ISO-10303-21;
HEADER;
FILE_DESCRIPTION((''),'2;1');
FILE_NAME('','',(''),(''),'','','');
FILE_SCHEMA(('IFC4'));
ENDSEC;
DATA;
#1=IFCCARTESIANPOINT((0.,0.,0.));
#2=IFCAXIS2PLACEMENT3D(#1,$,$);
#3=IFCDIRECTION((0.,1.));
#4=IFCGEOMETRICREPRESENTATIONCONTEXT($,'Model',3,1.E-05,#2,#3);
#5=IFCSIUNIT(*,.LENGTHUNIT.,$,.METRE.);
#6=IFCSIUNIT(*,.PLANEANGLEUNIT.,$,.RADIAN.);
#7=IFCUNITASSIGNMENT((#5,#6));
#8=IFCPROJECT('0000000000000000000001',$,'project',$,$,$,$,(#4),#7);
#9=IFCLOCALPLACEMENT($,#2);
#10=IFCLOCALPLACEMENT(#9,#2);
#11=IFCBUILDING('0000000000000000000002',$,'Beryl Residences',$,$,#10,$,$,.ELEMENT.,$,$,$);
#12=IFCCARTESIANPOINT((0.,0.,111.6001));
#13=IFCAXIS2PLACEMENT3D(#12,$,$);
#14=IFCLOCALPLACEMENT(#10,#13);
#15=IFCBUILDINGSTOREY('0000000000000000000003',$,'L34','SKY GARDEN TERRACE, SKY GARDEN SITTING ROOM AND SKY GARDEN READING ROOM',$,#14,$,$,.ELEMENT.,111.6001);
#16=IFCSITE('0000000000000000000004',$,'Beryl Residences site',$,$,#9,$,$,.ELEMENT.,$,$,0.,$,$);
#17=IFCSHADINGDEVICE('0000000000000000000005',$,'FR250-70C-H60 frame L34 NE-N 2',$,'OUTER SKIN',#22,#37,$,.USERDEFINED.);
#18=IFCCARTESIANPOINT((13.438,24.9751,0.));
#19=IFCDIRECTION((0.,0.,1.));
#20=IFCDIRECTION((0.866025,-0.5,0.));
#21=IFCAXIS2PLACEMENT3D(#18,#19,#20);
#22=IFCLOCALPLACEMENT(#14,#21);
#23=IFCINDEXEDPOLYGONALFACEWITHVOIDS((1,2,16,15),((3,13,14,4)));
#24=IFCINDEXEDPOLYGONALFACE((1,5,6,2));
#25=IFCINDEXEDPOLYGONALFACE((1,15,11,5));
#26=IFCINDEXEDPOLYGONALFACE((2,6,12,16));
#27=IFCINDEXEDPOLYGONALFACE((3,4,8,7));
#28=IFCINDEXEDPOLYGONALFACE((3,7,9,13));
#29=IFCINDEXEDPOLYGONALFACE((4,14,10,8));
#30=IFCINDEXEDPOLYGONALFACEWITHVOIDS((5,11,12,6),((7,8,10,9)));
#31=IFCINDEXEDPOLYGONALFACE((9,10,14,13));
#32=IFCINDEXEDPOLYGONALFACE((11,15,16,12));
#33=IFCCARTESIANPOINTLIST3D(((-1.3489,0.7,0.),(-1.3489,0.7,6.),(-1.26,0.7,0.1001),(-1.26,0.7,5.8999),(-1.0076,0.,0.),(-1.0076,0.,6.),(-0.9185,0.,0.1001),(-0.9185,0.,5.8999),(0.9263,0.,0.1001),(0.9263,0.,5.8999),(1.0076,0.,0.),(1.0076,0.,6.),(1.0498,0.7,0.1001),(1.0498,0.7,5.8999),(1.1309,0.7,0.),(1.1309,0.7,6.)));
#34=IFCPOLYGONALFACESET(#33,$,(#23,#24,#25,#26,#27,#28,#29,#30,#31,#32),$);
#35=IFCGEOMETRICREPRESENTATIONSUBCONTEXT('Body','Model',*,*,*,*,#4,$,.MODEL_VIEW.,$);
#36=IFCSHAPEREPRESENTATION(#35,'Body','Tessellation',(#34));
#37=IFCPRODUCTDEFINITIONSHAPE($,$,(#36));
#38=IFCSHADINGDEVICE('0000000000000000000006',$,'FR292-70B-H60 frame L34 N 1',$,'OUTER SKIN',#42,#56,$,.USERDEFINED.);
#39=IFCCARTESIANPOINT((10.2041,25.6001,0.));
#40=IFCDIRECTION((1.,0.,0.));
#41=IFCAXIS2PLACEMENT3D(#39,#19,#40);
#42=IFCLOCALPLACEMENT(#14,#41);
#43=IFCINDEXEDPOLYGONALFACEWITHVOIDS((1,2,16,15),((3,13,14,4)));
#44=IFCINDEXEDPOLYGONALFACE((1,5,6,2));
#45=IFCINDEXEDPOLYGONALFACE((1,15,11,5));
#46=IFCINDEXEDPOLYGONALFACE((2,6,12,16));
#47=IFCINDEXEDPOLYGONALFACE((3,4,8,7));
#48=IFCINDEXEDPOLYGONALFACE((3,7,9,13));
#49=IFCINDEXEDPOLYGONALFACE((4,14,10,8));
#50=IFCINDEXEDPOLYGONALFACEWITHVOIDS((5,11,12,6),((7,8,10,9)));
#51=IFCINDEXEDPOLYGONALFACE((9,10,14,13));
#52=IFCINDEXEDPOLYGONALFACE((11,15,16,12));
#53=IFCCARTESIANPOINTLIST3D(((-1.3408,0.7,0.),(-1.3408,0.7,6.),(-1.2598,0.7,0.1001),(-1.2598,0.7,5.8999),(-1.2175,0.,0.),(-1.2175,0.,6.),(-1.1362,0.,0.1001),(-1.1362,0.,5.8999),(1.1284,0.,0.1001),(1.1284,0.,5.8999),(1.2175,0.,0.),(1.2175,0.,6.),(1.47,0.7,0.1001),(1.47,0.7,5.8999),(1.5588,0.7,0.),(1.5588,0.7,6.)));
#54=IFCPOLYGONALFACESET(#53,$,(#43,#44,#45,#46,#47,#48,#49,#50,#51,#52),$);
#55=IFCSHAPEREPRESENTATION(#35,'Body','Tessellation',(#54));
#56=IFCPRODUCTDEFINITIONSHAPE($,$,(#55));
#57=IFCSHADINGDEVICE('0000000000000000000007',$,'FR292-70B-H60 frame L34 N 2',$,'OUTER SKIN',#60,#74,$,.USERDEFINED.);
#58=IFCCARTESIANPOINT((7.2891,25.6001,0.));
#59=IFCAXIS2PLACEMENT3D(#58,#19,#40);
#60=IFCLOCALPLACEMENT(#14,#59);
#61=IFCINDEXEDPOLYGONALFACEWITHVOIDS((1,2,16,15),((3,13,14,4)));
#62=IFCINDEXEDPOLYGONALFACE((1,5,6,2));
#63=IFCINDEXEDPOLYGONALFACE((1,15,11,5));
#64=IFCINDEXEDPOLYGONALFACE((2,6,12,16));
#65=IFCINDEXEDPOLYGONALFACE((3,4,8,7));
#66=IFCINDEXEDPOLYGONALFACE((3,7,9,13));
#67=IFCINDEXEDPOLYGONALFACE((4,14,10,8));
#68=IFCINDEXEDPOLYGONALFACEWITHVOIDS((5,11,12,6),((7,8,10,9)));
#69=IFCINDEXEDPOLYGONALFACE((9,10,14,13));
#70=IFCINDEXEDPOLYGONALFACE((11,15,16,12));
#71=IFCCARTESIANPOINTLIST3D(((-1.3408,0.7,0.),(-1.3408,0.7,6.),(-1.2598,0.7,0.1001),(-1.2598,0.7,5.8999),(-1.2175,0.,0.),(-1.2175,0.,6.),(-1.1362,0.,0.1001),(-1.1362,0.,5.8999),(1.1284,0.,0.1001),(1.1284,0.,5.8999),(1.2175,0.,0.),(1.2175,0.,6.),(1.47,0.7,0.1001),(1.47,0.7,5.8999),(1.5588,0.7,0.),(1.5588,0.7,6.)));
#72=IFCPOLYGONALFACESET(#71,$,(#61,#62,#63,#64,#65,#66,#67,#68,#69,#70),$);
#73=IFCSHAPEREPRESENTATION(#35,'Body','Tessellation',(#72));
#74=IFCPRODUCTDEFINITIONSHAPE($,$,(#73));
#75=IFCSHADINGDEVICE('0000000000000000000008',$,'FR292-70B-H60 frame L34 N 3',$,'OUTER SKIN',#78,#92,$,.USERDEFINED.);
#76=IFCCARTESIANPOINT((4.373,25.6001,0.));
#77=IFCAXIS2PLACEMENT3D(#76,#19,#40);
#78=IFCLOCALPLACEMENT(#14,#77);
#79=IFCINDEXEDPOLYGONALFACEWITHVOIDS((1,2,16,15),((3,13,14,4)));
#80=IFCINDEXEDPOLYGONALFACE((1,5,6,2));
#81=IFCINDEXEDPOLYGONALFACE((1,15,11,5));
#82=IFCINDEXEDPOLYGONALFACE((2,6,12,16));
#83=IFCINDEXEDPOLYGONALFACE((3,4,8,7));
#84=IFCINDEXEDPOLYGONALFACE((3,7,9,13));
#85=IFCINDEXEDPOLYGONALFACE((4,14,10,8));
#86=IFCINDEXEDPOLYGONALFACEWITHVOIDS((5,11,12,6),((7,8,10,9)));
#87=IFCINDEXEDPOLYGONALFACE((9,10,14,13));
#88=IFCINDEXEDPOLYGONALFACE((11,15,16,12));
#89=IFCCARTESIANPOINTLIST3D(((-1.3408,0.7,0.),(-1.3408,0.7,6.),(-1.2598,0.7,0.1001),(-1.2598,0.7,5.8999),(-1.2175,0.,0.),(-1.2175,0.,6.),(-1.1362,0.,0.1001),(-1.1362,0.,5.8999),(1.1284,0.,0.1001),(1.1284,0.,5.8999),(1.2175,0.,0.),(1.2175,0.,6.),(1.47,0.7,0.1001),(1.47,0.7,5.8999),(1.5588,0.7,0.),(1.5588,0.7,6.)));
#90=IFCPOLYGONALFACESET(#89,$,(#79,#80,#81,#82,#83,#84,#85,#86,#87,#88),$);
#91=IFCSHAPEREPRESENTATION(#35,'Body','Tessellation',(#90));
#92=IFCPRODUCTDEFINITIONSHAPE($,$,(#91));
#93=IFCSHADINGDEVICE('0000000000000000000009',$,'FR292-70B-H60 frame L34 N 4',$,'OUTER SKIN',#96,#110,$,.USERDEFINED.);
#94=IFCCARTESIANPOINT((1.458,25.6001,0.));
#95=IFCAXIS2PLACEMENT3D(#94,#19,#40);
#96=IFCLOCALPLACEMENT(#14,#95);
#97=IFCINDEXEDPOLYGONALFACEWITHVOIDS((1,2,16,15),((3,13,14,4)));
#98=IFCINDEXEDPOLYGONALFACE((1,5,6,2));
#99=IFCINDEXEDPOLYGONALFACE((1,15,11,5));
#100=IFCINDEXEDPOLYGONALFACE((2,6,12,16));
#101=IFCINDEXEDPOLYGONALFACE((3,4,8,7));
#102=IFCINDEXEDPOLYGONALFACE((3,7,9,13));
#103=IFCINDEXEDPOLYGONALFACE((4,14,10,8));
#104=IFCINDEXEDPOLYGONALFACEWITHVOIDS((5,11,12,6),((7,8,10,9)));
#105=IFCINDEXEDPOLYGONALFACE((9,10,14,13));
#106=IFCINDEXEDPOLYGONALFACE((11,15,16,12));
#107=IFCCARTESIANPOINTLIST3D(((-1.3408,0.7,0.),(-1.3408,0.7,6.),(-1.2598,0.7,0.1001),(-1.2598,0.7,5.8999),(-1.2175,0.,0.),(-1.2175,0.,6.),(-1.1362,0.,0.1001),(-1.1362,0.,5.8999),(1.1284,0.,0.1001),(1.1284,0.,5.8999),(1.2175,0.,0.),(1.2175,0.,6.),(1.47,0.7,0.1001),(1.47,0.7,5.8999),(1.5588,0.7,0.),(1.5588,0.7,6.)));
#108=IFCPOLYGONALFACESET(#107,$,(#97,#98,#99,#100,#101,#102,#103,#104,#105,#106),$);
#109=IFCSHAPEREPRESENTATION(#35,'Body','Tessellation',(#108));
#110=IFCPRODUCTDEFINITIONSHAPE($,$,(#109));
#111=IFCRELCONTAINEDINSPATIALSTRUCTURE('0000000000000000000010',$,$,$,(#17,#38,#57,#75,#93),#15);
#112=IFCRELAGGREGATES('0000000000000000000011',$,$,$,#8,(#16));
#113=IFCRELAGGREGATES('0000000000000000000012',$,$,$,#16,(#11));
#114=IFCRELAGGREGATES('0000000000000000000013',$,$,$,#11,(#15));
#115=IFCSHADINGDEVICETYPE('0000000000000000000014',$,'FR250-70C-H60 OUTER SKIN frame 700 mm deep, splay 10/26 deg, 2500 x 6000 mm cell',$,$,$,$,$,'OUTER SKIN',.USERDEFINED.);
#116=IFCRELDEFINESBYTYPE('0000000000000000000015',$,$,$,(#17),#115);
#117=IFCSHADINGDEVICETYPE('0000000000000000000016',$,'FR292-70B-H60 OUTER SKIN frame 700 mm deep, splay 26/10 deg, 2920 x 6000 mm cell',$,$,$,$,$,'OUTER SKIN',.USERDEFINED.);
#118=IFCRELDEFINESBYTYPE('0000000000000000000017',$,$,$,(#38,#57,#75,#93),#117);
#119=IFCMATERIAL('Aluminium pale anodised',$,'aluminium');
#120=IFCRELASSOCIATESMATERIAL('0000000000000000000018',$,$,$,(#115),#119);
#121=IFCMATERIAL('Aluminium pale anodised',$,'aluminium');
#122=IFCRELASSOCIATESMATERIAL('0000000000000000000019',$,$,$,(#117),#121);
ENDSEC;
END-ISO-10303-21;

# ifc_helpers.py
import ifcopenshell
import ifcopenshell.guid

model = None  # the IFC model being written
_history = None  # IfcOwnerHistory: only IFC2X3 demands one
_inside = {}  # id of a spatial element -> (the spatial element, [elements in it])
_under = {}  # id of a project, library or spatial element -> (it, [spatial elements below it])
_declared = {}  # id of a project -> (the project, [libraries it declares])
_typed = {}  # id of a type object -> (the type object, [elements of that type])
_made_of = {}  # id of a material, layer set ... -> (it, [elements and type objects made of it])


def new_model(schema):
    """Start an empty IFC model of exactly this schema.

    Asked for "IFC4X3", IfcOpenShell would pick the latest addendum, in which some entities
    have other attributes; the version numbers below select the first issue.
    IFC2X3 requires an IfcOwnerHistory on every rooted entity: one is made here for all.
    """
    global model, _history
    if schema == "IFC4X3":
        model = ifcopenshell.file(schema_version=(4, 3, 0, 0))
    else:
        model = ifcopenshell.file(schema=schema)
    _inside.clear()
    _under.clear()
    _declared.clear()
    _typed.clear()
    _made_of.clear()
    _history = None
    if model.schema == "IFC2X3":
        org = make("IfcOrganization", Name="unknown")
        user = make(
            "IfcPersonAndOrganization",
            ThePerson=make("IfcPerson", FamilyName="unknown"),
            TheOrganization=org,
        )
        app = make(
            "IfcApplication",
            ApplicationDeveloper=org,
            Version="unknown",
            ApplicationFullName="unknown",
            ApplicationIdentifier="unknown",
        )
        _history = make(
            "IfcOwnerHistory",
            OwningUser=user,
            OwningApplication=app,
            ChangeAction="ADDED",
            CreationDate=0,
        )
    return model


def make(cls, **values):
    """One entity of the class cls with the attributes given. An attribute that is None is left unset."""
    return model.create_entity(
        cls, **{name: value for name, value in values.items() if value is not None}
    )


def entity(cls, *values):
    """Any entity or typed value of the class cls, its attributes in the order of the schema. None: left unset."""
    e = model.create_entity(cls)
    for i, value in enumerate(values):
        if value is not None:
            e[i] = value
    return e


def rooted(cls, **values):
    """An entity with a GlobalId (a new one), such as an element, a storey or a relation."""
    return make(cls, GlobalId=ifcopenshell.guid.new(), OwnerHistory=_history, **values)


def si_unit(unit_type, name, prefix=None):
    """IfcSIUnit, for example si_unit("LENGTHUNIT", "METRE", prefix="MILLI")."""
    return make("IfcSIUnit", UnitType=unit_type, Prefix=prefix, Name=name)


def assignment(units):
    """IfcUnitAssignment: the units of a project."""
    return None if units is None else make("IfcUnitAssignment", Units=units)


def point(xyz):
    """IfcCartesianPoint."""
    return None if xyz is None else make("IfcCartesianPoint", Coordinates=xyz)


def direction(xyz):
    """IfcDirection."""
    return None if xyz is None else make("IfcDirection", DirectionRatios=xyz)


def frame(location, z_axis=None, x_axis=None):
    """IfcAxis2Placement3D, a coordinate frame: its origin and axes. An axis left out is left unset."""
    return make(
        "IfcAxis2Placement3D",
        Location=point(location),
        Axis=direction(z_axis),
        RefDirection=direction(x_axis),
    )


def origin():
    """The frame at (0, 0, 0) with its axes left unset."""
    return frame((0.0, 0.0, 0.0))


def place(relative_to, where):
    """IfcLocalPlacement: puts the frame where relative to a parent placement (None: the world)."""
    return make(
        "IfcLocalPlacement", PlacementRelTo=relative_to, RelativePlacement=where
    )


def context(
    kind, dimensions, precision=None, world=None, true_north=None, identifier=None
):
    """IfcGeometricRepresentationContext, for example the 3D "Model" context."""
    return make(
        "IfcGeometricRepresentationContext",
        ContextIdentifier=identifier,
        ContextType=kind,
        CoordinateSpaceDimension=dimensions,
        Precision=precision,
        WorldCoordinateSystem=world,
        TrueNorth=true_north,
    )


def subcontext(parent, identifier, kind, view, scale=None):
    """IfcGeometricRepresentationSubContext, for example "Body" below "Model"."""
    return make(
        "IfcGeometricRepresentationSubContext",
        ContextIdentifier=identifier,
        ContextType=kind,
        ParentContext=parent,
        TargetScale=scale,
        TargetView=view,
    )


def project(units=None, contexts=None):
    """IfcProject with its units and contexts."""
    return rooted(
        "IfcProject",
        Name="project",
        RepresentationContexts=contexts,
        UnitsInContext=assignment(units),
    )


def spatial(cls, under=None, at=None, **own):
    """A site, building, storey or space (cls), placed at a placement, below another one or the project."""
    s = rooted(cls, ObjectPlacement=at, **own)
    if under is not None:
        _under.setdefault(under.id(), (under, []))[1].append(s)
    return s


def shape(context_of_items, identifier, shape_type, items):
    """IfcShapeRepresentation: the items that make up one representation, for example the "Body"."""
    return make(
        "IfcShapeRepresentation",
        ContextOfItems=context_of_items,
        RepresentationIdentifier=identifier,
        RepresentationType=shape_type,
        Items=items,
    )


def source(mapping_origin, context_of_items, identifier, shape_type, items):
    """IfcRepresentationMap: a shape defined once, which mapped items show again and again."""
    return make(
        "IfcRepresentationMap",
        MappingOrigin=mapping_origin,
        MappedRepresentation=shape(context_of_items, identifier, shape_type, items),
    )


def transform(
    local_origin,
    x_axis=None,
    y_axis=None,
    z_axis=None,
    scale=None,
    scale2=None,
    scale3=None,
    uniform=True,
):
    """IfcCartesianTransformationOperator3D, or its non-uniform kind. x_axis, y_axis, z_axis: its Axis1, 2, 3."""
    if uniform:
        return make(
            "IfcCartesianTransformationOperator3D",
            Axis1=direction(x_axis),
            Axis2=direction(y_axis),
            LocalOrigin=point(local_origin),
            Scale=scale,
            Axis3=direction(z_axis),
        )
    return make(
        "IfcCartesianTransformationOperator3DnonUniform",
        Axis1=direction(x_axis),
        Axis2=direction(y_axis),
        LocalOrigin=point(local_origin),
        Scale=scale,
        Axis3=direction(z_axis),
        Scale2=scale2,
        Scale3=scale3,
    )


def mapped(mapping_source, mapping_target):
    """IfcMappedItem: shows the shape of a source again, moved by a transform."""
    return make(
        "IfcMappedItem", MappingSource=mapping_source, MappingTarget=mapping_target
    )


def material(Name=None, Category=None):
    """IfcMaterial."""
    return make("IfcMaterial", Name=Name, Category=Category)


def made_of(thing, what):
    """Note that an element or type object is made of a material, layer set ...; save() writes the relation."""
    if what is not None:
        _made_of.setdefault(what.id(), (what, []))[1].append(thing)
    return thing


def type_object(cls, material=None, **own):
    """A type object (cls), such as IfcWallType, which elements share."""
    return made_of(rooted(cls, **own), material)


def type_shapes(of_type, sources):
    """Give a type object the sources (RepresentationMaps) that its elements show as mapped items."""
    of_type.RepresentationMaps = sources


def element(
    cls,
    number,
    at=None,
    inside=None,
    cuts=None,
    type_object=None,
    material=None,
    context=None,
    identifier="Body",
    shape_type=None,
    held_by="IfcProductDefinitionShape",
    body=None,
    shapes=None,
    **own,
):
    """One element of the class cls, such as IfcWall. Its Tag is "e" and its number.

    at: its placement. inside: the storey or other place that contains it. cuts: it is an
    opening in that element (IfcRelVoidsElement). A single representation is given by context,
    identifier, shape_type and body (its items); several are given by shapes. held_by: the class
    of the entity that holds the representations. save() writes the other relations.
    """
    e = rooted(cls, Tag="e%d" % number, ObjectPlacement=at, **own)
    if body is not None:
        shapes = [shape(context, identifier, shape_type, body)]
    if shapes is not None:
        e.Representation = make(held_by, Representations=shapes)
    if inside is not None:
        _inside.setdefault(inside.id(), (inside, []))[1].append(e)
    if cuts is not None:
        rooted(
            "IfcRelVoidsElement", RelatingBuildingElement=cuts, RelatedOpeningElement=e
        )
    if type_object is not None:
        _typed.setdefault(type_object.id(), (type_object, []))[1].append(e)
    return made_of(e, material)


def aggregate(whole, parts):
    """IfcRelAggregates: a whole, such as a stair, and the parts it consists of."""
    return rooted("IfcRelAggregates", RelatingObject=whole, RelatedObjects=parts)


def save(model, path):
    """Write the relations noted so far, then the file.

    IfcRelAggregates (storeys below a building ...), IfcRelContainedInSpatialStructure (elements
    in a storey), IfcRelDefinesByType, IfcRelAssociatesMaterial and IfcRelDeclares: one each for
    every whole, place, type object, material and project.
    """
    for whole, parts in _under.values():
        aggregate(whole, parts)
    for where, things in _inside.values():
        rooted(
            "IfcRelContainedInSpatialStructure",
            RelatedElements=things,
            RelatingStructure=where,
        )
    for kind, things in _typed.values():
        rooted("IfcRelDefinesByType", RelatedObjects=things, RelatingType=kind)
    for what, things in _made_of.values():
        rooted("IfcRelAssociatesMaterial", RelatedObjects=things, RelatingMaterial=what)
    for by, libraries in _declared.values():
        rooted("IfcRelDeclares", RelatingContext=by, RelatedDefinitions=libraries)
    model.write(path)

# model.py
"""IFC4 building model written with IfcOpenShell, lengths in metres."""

from ifc_helpers import new_model, entity, si_unit, direction, frame, origin, place, context, subcontext, project, spatial, source, transform, mapped, material, type_object, type_shapes, element, save


model = new_model("IFC4")

# Units and contexts
model_context = context("Model", 3, precision=1e-05, world=origin(), true_north=direction((0.0, 1.0)))
body_context = subcontext(model_context, "Body", "Model", "MODEL_VIEW")
ifc_project = project(units=[si_unit("LENGTHUNIT", "METRE"), si_unit("PLANEANGLEUNIT", "RADIAN")], contexts=[model_context])

# Site, building, storey
site_placement = place(None, origin())
site = spatial("IfcSite", under=ifc_project, at=site_placement, Name="Beryl Residences site", CompositionType="ELEMENT", RefElevation=0.0)
building_placement = place(site_placement, origin())
building = spatial("IfcBuilding", under=site, at=building_placement, Name="Beryl Residences", CompositionType="ELEMENT")
storey_placement = place(building_placement, frame((0.0, 0.0, 111.6001)))
storey = spatial("IfcBuildingStorey", under=building, at=storey_placement, Name="L34", Description="SKY GARDEN TERRACE, SKY GARDEN SITTING ROOM AND SKY GARDEN READING ROOM", CompositionType="ELEMENT", Elevation=111.6001)

# Shading devices
ifc_material_1 = material(Name="Aluminium pale anodised", Category="aluminium")
shading_device_type_1 = type_object("IfcShadingDeviceType", Name="FR250-70C-H60 OUTER SKIN frame 700 mm deep, splay 10/26 deg, 2500 x 6000 mm cell", ElementType="OUTER SKIN", PredefinedType="USERDEFINED", material=ifc_material_1)
cartesian_point_1 = entity("IfcCartesianPoint", [-1.0076, 0.0])
cartesian_point_2 = entity("IfcCartesianPoint", [-0.9263, 0.1001])
cartesian_point_3 = entity("IfcCartesianPoint", [-1.1309, 0.0])
cartesian_point_4 = entity("IfcCartesianPoint", [-1.0498, 0.1001])
shared_shape_1 = source(origin(), body_context, "Body", "SweptSolid", [
    entity("IfcExtrudedAreaSolidTapered", entity("IfcArbitraryProfileDefWithVoids", "AREA", None, entity("IfcPolyline", [cartesian_point_1, entity("IfcCartesianPoint", [1.0076, 0.0]), entity("IfcCartesianPoint", [1.0076, 6.0]), entity("IfcCartesianPoint", [-1.0076, 6.0]), cartesian_point_1]), [entity("IfcPolyline", [cartesian_point_2, entity("IfcCartesianPoint", [0.9185, 0.1001]), entity("IfcCartesianPoint", [0.9185, 5.8999]), entity("IfcCartesianPoint", [-0.9263, 5.8999]), cartesian_point_2])]), entity("IfcAxis2Placement3D", entity("IfcCartesianPoint", [0.0, 0.0, 0.0]), entity("IfcDirection", [0.0, 1.0, 0.0]), entity("IfcDirection", [-1.0, 0.0, 0.0])), entity("IfcDirection", [0.0, 0.0, 1.0]), 0.7, entity("IfcArbitraryProfileDefWithVoids", "AREA", None, entity("IfcPolyline", [cartesian_point_3, entity("IfcCartesianPoint", [1.3489, 0.0]), entity("IfcCartesianPoint", [1.3489, 6.0]), entity("IfcCartesianPoint", [-1.1309, 6.0]), cartesian_point_3]), [entity("IfcPolyline", [cartesian_point_4, entity("IfcCartesianPoint", [1.26, 0.1001]), entity("IfcCartesianPoint", [1.26, 5.8999]), entity("IfcCartesianPoint", [-1.0498, 5.8999]), cartesian_point_4])])),
])
type_shapes(shading_device_type_1, [shared_shape_1])
shading_device_placement = place(storey_placement, frame((13.438, 24.9751, 0.0), z_axis=(0.0, 0.0, 1.0), x_axis=(0.866025, -0.5, 0.0)))
element("IfcShadingDevice", 1, at=shading_device_placement, inside=storey, type_object=shading_device_type_1, Name="FR250-70C-H60 frame L34 NE-N 2", ObjectType="OUTER SKIN", PredefinedType="USERDEFINED", context=body_context, shape_type="MappedRepresentation", body=[
    mapped(shared_shape_1, transform((0.0, 0.0, 0.0))),
])
ifc_material_2 = material(Name="Aluminium pale anodised", Category="aluminium")
shading_device_type_2 = type_object("IfcShadingDeviceType", Name="FR292-70B-H60 OUTER SKIN frame 700 mm deep, splay 26/10 deg, 2920 x 6000 mm cell", ElementType="OUTER SKIN", PredefinedType="USERDEFINED", material=ifc_material_2)
cartesian_point_5 = entity("IfcCartesianPoint", [-1.2175, 0.0])
cartesian_point_6 = entity("IfcCartesianPoint", [-1.1284, 0.1001])
cartesian_point_7 = entity("IfcCartesianPoint", [-1.5588, 0.0])
cartesian_point_8 = entity("IfcCartesianPoint", [-1.47, 0.1001])
shared_shape_2 = source(origin(), body_context, "Body", "SweptSolid", [
    entity("IfcExtrudedAreaSolidTapered", entity("IfcArbitraryProfileDefWithVoids", "AREA", None, entity("IfcPolyline", [cartesian_point_5, entity("IfcCartesianPoint", [1.2175, 0.0]), entity("IfcCartesianPoint", [1.2175, 6.0]), entity("IfcCartesianPoint", [-1.2175, 6.0]), cartesian_point_5]), [entity("IfcPolyline", [cartesian_point_6, entity("IfcCartesianPoint", [1.1362, 0.1001]), entity("IfcCartesianPoint", [1.1362, 5.8999]), entity("IfcCartesianPoint", [-1.1284, 5.8999]), cartesian_point_6])]), entity("IfcAxis2Placement3D", entity("IfcCartesianPoint", [0.0, 0.0, 0.0]), entity("IfcDirection", [0.0, 1.0, 0.0]), entity("IfcDirection", [-1.0, 0.0, 0.0])), entity("IfcDirection", [0.0, 0.0, 1.0]), 0.7, entity("IfcArbitraryProfileDefWithVoids", "AREA", None, entity("IfcPolyline", [cartesian_point_7, entity("IfcCartesianPoint", [1.3408, 0.0]), entity("IfcCartesianPoint", [1.3408, 6.0]), entity("IfcCartesianPoint", [-1.5588, 6.0]), cartesian_point_7]), [entity("IfcPolyline", [cartesian_point_8, entity("IfcCartesianPoint", [1.2598, 0.1001]), entity("IfcCartesianPoint", [1.2598, 5.8999]), entity("IfcCartesianPoint", [-1.47, 5.8999]), cartesian_point_8])])),
])
type_shapes(shading_device_type_2, [shared_shape_2])
for number, where, z_axis, x_axis, name in (
    (2, (10.2041, 25.6001, 0.0), (0.0, 0.0, 1.0), (1.0, 0.0, 0.0), "FR292-70B-H60 frame L34 N 1"),
    (3, (7.2891, 25.6001, 0.0), (0.0, 0.0, 1.0), (1.0, 0.0, 0.0), "FR292-70B-H60 frame L34 N 2"),
    (4, (4.373, 25.6001, 0.0), (0.0, 0.0, 1.0), (1.0, 0.0, 0.0), "FR292-70B-H60 frame L34 N 3"),
    (5, (1.458, 25.6001, 0.0), (0.0, 0.0, 1.0), (1.0, 0.0, 0.0), "FR292-70B-H60 frame L34 N 4"),
):
    element("IfcShadingDevice", number, at=place(storey_placement, frame(where, z_axis=z_axis, x_axis=x_axis)), inside=storey, type_object=shading_device_type_2, Name=name, ObjectType="OUTER SKIN", PredefinedType="USERDEFINED", context=body_context, shape_type="MappedRepresentation", body=[
        mapped(shared_shape_2, transform((0.0, 0.0, 0.0))),
    ])

save(model, "model.ifc")
